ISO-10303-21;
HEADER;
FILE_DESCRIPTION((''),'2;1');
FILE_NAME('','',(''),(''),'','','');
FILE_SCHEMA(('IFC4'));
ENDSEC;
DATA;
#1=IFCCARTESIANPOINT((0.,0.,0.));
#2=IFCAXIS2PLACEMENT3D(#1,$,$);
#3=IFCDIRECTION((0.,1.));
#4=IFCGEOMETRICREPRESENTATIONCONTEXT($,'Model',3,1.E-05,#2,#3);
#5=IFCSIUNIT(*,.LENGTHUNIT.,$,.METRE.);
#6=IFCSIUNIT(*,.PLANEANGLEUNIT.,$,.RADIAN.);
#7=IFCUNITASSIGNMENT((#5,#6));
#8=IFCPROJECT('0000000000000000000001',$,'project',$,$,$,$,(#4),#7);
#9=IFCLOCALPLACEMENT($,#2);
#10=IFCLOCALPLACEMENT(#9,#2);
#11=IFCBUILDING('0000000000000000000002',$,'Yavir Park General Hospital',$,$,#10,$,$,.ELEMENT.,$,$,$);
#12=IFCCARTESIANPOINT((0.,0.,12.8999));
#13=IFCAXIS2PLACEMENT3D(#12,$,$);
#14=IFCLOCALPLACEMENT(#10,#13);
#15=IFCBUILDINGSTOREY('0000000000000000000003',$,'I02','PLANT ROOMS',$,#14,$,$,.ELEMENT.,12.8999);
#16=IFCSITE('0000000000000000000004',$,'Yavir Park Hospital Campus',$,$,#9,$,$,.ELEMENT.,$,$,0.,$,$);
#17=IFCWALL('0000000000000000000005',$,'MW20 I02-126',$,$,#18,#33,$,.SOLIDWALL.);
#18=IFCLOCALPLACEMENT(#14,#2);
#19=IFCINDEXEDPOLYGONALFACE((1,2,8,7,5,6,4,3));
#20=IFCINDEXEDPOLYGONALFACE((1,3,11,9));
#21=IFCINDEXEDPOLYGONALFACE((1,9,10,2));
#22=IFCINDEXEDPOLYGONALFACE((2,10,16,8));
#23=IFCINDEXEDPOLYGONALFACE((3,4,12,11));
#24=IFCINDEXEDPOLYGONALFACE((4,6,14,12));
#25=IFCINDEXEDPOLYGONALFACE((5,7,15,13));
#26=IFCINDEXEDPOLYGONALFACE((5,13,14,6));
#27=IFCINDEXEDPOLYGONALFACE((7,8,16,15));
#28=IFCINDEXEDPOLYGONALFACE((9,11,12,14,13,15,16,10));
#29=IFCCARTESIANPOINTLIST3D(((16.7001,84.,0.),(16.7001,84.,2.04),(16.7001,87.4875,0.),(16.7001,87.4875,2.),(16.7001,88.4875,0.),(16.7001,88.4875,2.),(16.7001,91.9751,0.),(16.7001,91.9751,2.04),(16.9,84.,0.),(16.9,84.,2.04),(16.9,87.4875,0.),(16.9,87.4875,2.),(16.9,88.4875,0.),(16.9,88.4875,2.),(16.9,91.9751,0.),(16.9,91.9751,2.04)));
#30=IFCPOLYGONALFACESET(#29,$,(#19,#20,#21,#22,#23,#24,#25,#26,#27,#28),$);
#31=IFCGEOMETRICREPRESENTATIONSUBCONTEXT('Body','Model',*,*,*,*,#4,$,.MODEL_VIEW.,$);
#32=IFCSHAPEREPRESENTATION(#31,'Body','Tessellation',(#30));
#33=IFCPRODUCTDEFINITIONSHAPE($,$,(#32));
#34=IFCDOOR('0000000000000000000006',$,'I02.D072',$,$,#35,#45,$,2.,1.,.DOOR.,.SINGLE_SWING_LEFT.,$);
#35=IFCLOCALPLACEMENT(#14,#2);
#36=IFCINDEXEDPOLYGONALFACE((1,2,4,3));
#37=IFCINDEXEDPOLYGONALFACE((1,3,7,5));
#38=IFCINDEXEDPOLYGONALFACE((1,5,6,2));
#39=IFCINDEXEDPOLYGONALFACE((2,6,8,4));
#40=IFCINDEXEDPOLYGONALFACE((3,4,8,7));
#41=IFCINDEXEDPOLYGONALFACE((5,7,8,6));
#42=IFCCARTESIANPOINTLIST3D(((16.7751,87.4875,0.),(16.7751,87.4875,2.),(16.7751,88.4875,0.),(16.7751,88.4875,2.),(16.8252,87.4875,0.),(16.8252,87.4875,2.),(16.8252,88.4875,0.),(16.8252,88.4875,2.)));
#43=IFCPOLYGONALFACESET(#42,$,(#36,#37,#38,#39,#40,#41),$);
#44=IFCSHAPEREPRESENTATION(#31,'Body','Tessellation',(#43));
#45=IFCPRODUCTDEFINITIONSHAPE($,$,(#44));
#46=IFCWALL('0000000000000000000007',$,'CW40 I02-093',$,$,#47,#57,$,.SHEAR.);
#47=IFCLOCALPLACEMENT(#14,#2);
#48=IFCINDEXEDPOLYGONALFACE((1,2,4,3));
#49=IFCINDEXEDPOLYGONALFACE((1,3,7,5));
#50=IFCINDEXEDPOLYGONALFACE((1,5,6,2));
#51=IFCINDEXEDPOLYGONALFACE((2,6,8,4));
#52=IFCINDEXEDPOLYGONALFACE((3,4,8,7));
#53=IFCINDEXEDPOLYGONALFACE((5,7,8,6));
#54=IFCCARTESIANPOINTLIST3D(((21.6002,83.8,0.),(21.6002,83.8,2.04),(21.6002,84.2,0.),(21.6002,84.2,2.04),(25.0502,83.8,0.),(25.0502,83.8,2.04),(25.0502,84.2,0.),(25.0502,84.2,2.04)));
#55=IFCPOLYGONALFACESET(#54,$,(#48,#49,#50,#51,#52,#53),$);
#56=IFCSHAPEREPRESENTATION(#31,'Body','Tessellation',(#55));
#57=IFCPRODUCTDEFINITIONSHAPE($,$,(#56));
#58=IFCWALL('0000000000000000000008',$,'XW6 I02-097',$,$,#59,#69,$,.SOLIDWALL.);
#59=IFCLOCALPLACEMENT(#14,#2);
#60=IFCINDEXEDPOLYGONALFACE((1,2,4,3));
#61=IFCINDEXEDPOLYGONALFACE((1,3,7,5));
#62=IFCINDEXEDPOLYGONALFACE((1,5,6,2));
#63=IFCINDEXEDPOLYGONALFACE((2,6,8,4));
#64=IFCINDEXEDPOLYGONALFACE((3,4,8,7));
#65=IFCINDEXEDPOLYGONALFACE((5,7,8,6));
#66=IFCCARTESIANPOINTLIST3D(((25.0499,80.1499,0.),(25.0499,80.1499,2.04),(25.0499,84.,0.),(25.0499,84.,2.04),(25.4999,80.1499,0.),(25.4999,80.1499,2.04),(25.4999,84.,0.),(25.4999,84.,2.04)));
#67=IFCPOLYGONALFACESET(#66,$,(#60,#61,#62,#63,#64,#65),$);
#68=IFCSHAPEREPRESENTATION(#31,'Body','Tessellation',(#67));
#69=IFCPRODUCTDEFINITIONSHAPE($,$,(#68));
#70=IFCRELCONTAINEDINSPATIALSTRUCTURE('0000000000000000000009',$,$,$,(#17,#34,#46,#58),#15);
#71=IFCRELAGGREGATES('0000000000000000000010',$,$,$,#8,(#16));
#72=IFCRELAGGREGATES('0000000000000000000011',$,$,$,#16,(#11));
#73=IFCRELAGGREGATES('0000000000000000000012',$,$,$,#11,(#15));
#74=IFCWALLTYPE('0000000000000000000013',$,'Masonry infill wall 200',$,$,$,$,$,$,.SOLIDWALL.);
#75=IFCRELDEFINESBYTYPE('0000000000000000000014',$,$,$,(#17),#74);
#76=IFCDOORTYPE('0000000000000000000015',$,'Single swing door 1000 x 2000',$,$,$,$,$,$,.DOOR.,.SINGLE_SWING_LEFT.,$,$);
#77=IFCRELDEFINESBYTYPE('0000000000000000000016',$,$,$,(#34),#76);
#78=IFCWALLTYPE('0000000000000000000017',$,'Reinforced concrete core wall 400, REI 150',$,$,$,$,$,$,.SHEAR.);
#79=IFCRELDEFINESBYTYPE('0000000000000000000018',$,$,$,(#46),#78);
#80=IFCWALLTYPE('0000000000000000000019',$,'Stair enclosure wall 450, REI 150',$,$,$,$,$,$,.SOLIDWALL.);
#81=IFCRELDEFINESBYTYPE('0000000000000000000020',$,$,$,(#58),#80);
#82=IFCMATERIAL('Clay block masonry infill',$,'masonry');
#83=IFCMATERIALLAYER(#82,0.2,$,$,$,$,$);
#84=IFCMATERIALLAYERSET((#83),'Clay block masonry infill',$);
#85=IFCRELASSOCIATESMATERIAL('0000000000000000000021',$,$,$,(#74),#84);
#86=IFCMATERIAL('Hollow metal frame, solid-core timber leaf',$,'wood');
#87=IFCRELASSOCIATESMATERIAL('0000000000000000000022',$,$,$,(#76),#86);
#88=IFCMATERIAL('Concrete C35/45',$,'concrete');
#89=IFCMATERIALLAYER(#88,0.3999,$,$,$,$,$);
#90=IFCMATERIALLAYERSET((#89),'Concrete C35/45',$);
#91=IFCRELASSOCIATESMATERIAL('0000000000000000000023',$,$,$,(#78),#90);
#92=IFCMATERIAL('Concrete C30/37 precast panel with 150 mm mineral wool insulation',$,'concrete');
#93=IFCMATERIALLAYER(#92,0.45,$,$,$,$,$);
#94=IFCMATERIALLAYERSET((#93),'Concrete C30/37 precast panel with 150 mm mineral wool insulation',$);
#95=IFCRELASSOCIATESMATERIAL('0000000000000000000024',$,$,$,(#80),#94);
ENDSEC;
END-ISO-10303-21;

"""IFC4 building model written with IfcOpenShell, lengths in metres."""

from ifc_helpers import new_model, si_unit, direction, frame, frame_2d, origin, place, context, subcontext, project, spatial, rectangle, extrude, material, layer, layer_set, type_object, element, fill, save


model = new_model("IFC4")

# Units and contexts
model_context = context("Model", 3, precision=1e-05, world=origin(), true_north=direction((0.0, 1.0)))
body_context = subcontext(model_context, "Body", "Model", "MODEL_VIEW")
ifc_project = project(units=[si_unit("LENGTHUNIT", "METRE"), si_unit("PLANEANGLEUNIT", "RADIAN")], contexts=[model_context])

# Site, building, storey
site_placement = place(None, origin())
site = spatial("IfcSite", under=ifc_project, at=site_placement, Name="Yavir Park Hospital Campus", CompositionType="ELEMENT", RefElevation=0.0)
building_placement = place(site_placement, origin())
building = spatial("IfcBuilding", under=site, at=building_placement, Name="Yavir Park General Hospital", CompositionType="ELEMENT")
storey_placement = place(building_placement, frame((0.0, 0.0, 12.8999)))
storey = spatial("IfcBuildingStorey", under=building, at=storey_placement, Name="I02", Description="PLANT ROOMS", CompositionType="ELEMENT", Elevation=12.8999)

# Shared definitions
ifc_material_1 = material(Name="Clay block masonry infill", Category="masonry")
ifc_layer_1 = layer(ifc_material_1, 0.2)
ifc_layer_set_1 = layer_set([ifc_layer_1], Name="Clay block masonry infill")
wall_type_1 = type_object("IfcWallType", Name="Masonry infill wall 200", PredefinedType="SOLIDWALL", material=ifc_layer_set_1)

# Shared definitions
ifc_material_2 = material(Name="Hollow metal frame, solid-core timber leaf", Category="wood")
door_type_1 = type_object("IfcDoorType", Name="Single swing door 1000 x 2000", OperationType="SINGLE_SWING_LEFT", PredefinedType="DOOR", material=ifc_material_2)

# Wall, opening, door
wall_1_placement = place(storey_placement, frame((16.8, 84.0, 0.0), z_axis=(0.0, 0.0, 1.0), x_axis=(0.0, 1.0, 0.0)))
wall_1 = element("IfcWall", 1, at=wall_1_placement, inside=storey, type_object=wall_type_1, Name="MW20 I02-126", PredefinedType="SOLIDWALL", context=body_context, shape_type="SweptSolid", body=[
    extrude(rectangle(XDim=7.9751, YDim=0.2, at=frame_2d((3.9875, 0.0))), origin(), (0.0, 0.0, 1.0), 2.04),
])
opening_1_placement = place(wall_1_placement, frame((3.4875, 0.0, 0.0)))
opening_1 = element("IfcOpeningElement", 2, at=opening_1_placement, cuts=wall_1, PredefinedType="OPENING", context=body_context, shape_type="SweptSolid", body=[
    extrude(rectangle(XDim=1.0, YDim=2.0, at=frame_2d((0.5, 1.0))), frame((0.0, 0.1099, 0.0), z_axis=(0.0, -1.0, 0.0), x_axis=(1.0, 0.0, 0.0)), (0.0, 0.0, 1.0), 0.22),
])
door_1_placement = place(opening_1_placement, origin())
door_1 = element("IfcDoor", 3, at=door_1_placement, inside=storey, type_object=door_type_1, Name="I02.D072", OperationType="SINGLE_SWING_LEFT", OverallHeight=2.0, OverallWidth=1.0, PredefinedType="DOOR", context=body_context, shape_type="SweptSolid", body=[
    extrude(rectangle(XDim=1.0, YDim=2.0, at=frame_2d((0.5, 1.0))), frame((0.0, 0.0249, 0.0), z_axis=(0.0, -1.0, 0.0), x_axis=(1.0, 0.0, 0.0)), (0.0, 0.0, 1.0), 0.05),
])
fill(opening_1, door_1)

# Walls
ifc_material_3 = material(Name="Concrete C35/45", Category="concrete")
ifc_layer_2 = layer(ifc_material_3, 0.3999)
ifc_layer_set_2 = layer_set([ifc_layer_2], Name="Concrete C35/45")
wall_type_2 = type_object("IfcWallType", Name="Reinforced concrete core wall 400, REI 150", PredefinedType="SHEAR", material=ifc_layer_set_2)
wall_2_placement = place(storey_placement, frame((21.6001, 84.0, 0.0), z_axis=(0.0, 0.0, 1.0), x_axis=(1.0, 0.0, 0.0)))
element("IfcWall", 4, at=wall_2_placement, inside=storey, type_object=wall_type_2, Name="CW40 I02-093", PredefinedType="SHEAR", context=body_context, shape_type="SweptSolid", body=[
    extrude(rectangle(XDim=3.45, YDim=0.3999, at=frame_2d((1.7251, 0.0))), origin(), (0.0, 0.0, 1.0), 2.04),
])
ifc_material_4 = material(Name="Concrete C30/37 precast panel with 150 mm mineral wool insulation", Category="concrete")
ifc_layer_3 = layer(ifc_material_4, 0.45)
ifc_layer_set_3 = layer_set([ifc_layer_3], Name="Concrete C30/37 precast panel with 150 mm mineral wool insulation")
wall_type_3 = type_object("IfcWallType", Name="Stair enclosure wall 450, REI 150", PredefinedType="SOLIDWALL", material=ifc_layer_set_3)
wall_3_placement = place(storey_placement, frame((25.2749, 80.1499, 0.0), z_axis=(0.0, 0.0, 1.0), x_axis=(0.0, 1.0, 0.0)))
element("IfcWall", 5, at=wall_3_placement, inside=storey, type_object=wall_type_3, Name="XW6 I02-097", PredefinedType="SOLIDWALL", context=body_context, shape_type="SweptSolid", body=[
    extrude(rectangle(XDim=3.8501, YDim=0.45, at=frame_2d((1.925, 0.0))), origin(), (0.0, 0.0, 1.0), 2.04),
])

save(model, "model.ifc")
